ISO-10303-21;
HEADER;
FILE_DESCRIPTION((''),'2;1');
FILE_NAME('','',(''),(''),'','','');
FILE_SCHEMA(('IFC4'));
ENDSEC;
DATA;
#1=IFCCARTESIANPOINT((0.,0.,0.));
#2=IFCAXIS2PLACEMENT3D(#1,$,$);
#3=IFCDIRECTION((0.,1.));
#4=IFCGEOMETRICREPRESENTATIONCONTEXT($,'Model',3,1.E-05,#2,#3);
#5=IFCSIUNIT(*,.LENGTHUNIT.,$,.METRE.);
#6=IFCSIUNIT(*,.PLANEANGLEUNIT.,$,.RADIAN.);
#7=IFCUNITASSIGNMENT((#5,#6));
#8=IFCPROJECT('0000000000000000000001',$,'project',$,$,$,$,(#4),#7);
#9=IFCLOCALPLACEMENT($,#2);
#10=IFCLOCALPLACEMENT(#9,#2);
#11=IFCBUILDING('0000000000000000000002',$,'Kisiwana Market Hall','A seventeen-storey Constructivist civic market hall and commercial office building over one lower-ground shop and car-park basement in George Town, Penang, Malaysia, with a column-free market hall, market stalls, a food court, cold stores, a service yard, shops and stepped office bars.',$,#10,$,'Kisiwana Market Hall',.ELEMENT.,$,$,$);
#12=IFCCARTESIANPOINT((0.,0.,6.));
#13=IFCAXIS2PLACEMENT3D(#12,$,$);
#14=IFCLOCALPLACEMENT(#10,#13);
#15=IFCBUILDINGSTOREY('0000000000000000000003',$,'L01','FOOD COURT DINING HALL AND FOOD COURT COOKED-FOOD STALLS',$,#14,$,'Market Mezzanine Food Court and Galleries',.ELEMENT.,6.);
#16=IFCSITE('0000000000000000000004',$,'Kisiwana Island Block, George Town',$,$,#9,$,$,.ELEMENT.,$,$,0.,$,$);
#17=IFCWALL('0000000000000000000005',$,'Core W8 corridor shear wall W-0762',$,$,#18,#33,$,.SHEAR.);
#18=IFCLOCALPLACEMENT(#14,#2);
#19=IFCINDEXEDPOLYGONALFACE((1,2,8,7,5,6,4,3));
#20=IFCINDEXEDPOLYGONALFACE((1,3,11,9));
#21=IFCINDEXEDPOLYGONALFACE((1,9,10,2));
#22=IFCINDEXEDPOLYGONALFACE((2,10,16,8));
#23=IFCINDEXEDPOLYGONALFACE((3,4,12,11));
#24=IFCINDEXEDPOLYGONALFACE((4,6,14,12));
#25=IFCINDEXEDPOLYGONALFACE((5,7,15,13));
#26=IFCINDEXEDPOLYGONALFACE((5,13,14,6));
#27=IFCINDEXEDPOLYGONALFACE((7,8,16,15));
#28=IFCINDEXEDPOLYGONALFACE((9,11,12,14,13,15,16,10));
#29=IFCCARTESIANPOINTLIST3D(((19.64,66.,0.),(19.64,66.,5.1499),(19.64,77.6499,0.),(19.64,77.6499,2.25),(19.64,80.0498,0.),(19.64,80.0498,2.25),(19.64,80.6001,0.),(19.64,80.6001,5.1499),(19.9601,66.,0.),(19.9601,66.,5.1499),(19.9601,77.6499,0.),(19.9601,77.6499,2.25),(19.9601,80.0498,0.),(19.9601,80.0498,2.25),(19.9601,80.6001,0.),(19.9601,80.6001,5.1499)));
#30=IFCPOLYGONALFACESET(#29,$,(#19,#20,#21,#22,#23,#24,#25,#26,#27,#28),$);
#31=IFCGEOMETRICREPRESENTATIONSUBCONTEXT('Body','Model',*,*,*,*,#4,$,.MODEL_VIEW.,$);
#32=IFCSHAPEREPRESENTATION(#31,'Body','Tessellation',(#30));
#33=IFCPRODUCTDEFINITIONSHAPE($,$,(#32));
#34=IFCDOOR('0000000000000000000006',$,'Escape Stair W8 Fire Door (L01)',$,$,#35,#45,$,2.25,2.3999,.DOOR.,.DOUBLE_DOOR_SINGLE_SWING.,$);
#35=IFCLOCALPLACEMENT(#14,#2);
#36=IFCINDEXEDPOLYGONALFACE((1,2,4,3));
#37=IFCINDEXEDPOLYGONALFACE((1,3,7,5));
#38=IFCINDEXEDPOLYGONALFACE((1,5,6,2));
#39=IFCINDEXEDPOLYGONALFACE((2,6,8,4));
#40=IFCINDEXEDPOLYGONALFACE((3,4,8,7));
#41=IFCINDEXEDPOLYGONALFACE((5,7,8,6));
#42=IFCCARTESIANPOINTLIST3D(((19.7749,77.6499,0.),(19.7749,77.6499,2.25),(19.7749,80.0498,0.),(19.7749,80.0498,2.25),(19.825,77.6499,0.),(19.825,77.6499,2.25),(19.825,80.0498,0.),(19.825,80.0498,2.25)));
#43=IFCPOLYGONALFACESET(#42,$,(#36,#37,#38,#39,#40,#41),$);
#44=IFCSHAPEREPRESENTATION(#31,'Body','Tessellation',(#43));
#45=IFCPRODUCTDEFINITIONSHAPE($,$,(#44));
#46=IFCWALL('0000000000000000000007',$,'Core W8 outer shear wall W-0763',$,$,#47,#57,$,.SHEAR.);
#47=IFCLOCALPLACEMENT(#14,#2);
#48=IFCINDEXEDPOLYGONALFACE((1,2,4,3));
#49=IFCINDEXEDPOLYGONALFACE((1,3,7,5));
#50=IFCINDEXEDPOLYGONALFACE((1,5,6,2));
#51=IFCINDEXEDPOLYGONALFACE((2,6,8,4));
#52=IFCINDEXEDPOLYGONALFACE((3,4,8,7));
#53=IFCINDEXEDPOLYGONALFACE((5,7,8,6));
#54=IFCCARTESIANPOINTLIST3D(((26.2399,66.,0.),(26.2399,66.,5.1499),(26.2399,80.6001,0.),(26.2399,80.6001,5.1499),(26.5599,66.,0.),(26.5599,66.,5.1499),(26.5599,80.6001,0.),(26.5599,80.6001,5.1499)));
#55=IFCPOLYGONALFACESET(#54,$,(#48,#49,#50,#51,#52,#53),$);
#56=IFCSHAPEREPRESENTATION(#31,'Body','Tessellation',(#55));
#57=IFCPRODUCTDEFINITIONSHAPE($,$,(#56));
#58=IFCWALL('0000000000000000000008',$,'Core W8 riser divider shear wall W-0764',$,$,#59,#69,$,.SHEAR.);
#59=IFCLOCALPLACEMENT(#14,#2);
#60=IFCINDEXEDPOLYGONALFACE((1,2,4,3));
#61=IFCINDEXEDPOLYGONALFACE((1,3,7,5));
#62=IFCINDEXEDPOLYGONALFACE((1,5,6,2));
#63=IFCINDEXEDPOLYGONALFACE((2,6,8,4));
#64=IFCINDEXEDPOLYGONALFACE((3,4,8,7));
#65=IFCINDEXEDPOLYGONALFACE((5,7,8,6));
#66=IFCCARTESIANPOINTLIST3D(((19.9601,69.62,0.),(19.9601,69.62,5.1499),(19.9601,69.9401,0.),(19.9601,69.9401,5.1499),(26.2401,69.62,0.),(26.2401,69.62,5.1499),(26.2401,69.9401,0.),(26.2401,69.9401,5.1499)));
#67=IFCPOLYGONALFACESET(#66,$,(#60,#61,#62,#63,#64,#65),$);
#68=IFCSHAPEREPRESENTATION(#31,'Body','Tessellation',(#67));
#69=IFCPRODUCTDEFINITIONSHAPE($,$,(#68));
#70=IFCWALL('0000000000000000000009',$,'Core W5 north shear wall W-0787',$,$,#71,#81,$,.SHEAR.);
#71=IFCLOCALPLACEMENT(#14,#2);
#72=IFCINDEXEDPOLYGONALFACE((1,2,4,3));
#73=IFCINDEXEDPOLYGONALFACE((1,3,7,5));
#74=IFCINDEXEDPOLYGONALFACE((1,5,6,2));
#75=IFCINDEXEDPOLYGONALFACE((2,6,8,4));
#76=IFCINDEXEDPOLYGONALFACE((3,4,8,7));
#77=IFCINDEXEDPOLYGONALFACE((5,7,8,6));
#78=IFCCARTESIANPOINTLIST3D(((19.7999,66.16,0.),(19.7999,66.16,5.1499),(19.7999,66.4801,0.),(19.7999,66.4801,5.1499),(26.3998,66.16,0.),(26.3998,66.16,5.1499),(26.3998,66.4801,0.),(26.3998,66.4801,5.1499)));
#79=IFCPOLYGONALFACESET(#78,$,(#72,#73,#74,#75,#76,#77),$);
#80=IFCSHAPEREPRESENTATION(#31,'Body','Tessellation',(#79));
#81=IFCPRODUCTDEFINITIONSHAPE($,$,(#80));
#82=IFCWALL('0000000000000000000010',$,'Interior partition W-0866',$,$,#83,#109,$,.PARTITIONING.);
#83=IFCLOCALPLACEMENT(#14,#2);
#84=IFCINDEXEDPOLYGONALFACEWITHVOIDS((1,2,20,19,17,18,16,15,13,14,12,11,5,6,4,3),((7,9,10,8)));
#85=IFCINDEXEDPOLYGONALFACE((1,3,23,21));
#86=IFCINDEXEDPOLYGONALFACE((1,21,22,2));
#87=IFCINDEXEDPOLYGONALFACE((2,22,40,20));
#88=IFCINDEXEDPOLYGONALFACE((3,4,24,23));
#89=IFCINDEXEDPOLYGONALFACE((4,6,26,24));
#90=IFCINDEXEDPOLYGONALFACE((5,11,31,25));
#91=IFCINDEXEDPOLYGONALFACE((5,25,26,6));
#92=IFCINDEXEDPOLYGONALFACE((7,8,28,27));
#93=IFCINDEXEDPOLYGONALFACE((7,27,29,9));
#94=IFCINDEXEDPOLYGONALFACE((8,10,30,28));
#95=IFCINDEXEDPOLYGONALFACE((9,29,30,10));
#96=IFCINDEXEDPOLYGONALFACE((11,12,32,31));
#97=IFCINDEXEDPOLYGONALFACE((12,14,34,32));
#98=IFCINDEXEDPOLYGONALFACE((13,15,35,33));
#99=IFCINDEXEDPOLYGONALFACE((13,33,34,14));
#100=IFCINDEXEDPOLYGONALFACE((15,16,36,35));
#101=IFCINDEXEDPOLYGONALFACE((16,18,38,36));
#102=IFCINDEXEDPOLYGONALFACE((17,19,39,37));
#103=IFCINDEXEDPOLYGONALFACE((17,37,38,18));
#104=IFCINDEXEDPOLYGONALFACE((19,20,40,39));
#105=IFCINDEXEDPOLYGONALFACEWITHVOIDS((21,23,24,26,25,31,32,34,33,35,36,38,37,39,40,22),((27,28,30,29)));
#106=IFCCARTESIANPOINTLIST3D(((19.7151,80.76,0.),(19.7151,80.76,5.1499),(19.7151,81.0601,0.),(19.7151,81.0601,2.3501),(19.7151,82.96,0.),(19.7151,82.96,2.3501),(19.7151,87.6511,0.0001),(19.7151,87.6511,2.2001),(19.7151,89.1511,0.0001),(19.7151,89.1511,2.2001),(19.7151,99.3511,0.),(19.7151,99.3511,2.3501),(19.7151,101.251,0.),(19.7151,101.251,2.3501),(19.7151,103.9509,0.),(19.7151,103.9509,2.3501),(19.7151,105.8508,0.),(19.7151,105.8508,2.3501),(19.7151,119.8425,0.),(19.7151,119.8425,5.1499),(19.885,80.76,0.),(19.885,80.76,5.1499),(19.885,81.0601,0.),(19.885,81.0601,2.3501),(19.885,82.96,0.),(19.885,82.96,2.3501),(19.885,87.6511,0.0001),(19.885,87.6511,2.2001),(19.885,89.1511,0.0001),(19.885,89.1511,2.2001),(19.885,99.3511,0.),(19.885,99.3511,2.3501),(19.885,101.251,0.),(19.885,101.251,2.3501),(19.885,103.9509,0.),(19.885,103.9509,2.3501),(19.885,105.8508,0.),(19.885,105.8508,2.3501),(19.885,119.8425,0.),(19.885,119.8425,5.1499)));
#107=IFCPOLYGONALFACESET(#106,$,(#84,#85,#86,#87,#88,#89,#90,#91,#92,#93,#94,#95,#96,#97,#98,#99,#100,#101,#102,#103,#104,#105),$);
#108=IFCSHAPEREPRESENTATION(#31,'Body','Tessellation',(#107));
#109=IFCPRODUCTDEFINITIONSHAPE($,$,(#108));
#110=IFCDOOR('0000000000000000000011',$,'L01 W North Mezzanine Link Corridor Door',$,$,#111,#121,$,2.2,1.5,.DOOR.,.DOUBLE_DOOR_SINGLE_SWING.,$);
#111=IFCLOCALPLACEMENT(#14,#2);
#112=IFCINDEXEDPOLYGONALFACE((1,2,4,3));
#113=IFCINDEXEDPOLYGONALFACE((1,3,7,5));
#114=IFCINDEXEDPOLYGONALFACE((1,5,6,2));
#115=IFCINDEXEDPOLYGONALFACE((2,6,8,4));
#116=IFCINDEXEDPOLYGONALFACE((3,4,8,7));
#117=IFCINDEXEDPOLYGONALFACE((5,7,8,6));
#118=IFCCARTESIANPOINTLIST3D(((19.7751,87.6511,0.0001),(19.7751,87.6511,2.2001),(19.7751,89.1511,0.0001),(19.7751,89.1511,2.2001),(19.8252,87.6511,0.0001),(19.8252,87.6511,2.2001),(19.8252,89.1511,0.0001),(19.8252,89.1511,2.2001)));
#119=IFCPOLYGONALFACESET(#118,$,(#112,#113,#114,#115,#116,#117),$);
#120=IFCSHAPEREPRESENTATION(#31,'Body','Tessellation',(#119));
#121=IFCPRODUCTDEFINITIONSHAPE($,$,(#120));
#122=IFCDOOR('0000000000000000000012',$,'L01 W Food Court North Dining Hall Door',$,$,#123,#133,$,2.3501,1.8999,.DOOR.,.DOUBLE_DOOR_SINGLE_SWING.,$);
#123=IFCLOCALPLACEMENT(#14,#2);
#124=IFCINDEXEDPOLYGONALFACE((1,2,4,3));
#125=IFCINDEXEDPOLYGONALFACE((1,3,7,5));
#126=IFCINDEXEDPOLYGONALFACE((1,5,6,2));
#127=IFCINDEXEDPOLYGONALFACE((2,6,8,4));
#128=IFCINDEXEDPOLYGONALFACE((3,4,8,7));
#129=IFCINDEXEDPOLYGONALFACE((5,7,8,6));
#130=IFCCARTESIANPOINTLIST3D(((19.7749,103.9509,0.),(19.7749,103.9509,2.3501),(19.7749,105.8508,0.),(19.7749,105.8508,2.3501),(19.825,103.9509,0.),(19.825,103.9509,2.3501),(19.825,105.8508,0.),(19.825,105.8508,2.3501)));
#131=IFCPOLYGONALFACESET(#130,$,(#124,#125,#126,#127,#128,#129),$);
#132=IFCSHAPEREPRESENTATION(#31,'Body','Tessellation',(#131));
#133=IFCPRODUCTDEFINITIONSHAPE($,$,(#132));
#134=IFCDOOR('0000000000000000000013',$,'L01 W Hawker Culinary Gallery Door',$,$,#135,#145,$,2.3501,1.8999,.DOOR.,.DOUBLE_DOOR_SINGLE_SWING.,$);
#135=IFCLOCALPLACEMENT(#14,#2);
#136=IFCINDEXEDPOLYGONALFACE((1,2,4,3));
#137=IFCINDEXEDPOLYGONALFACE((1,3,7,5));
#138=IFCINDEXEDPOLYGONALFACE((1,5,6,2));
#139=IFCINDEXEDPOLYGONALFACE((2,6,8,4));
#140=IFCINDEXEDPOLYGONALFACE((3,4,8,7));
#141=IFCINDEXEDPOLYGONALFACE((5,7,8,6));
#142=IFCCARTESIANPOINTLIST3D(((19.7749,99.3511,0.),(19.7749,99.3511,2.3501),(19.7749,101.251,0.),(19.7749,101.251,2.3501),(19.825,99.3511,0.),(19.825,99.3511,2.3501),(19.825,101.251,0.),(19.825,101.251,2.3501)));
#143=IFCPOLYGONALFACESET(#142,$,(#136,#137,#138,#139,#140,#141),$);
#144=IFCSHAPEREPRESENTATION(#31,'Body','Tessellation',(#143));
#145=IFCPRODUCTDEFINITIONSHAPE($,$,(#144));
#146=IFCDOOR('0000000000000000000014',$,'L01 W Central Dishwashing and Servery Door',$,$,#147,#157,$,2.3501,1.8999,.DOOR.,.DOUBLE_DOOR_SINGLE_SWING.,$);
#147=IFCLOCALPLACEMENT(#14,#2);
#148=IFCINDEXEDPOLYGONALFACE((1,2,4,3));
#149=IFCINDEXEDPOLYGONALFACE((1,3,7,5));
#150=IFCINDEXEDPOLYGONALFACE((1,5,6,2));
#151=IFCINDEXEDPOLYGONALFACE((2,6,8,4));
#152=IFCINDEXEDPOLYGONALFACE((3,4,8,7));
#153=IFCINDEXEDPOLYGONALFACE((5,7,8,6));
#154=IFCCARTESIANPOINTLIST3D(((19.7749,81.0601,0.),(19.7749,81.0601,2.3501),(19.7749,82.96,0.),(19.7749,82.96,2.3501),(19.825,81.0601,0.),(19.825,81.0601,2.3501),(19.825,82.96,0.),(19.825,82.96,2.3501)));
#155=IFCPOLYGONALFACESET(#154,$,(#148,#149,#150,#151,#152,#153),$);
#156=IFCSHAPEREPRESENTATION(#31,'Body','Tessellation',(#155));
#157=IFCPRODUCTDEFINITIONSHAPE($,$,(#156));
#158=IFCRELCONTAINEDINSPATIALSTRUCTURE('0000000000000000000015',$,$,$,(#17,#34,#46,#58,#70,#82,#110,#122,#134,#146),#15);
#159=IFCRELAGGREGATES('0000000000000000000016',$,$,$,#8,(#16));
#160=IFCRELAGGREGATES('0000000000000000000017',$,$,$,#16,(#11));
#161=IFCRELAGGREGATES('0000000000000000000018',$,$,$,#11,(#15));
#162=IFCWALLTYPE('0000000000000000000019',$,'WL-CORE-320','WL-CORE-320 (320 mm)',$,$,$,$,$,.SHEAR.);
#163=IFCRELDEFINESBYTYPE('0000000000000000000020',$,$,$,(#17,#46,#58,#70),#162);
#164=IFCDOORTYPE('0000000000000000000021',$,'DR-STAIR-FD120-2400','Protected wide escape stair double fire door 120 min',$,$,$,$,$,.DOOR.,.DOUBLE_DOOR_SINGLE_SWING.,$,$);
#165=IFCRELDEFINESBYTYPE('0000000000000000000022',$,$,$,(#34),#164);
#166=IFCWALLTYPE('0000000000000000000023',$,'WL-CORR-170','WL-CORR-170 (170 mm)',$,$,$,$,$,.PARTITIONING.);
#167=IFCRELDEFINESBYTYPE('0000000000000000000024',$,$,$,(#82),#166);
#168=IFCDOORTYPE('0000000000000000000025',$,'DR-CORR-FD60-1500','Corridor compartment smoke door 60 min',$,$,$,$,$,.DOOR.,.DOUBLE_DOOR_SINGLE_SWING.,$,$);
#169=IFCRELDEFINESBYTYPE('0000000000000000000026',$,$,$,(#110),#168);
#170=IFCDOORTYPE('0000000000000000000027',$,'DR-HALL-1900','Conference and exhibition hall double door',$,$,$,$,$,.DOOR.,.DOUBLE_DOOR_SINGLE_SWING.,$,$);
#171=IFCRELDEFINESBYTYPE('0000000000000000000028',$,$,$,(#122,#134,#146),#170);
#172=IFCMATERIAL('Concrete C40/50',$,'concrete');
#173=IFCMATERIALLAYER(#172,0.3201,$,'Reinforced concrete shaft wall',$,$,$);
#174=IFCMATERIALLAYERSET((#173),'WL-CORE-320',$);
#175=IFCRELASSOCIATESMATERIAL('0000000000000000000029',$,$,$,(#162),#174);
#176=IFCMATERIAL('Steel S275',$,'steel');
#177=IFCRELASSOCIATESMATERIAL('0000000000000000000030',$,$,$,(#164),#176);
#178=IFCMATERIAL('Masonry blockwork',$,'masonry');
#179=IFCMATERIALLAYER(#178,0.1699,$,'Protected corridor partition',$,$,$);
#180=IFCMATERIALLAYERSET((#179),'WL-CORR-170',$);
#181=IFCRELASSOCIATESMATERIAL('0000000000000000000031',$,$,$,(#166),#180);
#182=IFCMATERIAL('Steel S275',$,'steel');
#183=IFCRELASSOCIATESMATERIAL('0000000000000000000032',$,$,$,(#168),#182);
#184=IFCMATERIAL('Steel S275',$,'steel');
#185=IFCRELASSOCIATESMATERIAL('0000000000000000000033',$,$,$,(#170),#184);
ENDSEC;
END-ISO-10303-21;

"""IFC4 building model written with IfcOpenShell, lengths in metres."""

from ifc_helpers import new_model, si_unit, direction, frame, frame_2d, origin, place, context, subcontext, project, spatial, rectangle, extrude, material, layer, layer_set, type_object, element, fill, save


model = new_model("IFC4")

# Units and contexts
model_context = context("Model", 3, precision=1e-05, world=origin(), true_north=direction((0.0, 1.0)))
body_context = subcontext(model_context, "Body", "Model", "MODEL_VIEW")
ifc_project = project(units=[si_unit("LENGTHUNIT", "METRE"), si_unit("PLANEANGLEUNIT", "RADIAN")], contexts=[model_context])

# Site, building, storey
site_placement = place(None, origin())
site = spatial("IfcSite", under=ifc_project, at=site_placement, Name="Kisiwana Island Block, George Town", CompositionType="ELEMENT", RefElevation=0.0)
building_placement = place(site_placement, origin())
building = spatial("IfcBuilding", under=site, at=building_placement, Name="Kisiwana Market Hall", Description="A seventeen-storey Constructivist civic market hall and commercial office building over one lower-ground shop and car-park basement in George Town, Penang, Malaysia, with a column-free market hall, market stalls, a food court, cold stores, a service yard, shops and stepped office bars.", LongName="Kisiwana Market Hall", CompositionType="ELEMENT")
storey_placement = place(building_placement, frame((0.0, 0.0, 6.0)))
storey = spatial("IfcBuildingStorey", under=building, at=storey_placement, Name="L01", Description="FOOD COURT DINING HALL AND FOOD COURT COOKED-FOOD STALLS", LongName="Market Mezzanine Food Court and Galleries", CompositionType="ELEMENT", Elevation=6.0)

# Shared definitions
ifc_material_1 = material(Name="Concrete C40/50", Category="concrete")
ifc_layer_1 = layer(ifc_material_1, 0.3201, Name="Reinforced concrete shaft wall")
ifc_layer_set_1 = layer_set([ifc_layer_1], Name="WL-CORE-320")
wall_type_1 = type_object("IfcWallType", Name="WL-CORE-320", Description="WL-CORE-320 (320 mm)", PredefinedType="SHEAR", material=ifc_layer_set_1)
ifc_material_2 = material(Name="Steel S275", Category="steel")
door_type_1 = type_object("IfcDoorType", Name="DR-STAIR-FD120-2400", Description="Protected wide escape stair double fire door 120 min", OperationType="DOUBLE_DOOR_SINGLE_SWING", PredefinedType="DOOR", material=ifc_material_2)

# Wall, opening, door
wall_1_placement = place(storey_placement, frame((19.8, 66.0, 0.0), z_axis=(0.0, 0.0, 1.0), x_axis=(0.0, 1.0, 0.0)))
wall_1 = element("IfcWall", 1, at=wall_1_placement, inside=storey, type_object=wall_type_1, Name="Core W8 corridor shear wall W-0762", PredefinedType="SHEAR", context=body_context, shape_type="SweptSolid", body=[
    extrude(rectangle(XDim=14.6001, YDim=0.3201, at=frame_2d((7.3, 0.0))), origin(), (0.0, 0.0, 1.0), 5.1499),
])
opening_1_placement = place(wall_1_placement, frame((11.6499, 0.0, 0.0)))
opening_1 = element("IfcOpeningElement", 2, at=opening_1_placement, cuts=wall_1, PredefinedType="OPENING", context=body_context, shape_type="SweptSolid", body=[
    extrude(rectangle(XDim=2.3999, YDim=2.25, at=frame_2d((1.2, 1.125))), frame((0.0, 0.1719, 0.0), z_axis=(0.0, -1.0, 0.0), x_axis=(1.0, 0.0, 0.0)), (0.0, 0.0, 1.0), 0.344),
])
door_1_placement = place(opening_1_placement, frame((2.3999, 0.0, 0.0), z_axis=(0.0, 0.0, 1.0), x_axis=(-1.0, 0.0, 0.0)))
door_1 = element("IfcDoor", 3, at=door_1_placement, inside=storey, type_object=door_type_1, Name="Escape Stair W8 Fire Door (L01)", OperationType="DOUBLE_DOOR_SINGLE_SWING", OverallHeight=2.25, OverallWidth=2.3999, PredefinedType="DOOR", context=body_context, shape_type="SweptSolid", body=[
    extrude(rectangle(XDim=2.3999, YDim=2.25, at=frame_2d((1.2, 1.125))), frame((0.0, 0.0249, 0.0), z_axis=(0.0, -1.0, 0.0), x_axis=(1.0, 0.0, 0.0)), (0.0, 0.0, 1.0), 0.05),
])
fill(opening_1, door_1)

# Walls
wall_2_placement = place(storey_placement, frame((26.3999, 66.0, 0.0), z_axis=(0.0, 0.0, 1.0), x_axis=(0.0, 1.0, 0.0)))
element("IfcWall", 4, at=wall_2_placement, inside=storey, type_object=wall_type_1, Name="Core W8 outer shear wall W-0763", PredefinedType="SHEAR", context=body_context, shape_type="SweptSolid", body=[
    extrude(rectangle(XDim=14.6001, YDim=0.3201, at=frame_2d((7.3, 0.0))), origin(), (0.0, 0.0, 1.0), 5.1499),
])
wall_3_placement = place(storey_placement, frame((19.96, 69.78, 0.0), z_axis=(0.0, 0.0, 1.0), x_axis=(1.0, 0.0, 0.0)))
element("IfcWall", 5, at=wall_3_placement, inside=storey, type_object=wall_type_1, Name="Core W8 riser divider shear wall W-0764", PredefinedType="SHEAR", context=body_context, shape_type="SweptSolid", body=[
    extrude(rectangle(XDim=6.28, YDim=0.3201, at=frame_2d((3.1401, 0.0))), origin(), (0.0, 0.0, 1.0), 5.1499),
])
wall_4_placement = place(storey_placement, frame((19.8, 66.3201, 0.0), z_axis=(0.0, 0.0, 1.0), x_axis=(1.0, 0.0, 0.0)))
element("IfcWall", 6, at=wall_4_placement, inside=storey, type_object=wall_type_1, Name="Core W5 north shear wall W-0787", PredefinedType="SHEAR", context=body_context, shape_type="SweptSolid", body=[
    extrude(rectangle(XDim=6.5999, YDim=0.3201, at=frame_2d((3.2998, 0.0))), origin(), (0.0, 0.0, 1.0), 5.1499),
])

# Wall, openings, doors
ifc_material_3 = material(Name="Masonry blockwork", Category="masonry")
ifc_layer_2 = layer(ifc_material_3, 0.1699, Name="Protected corridor partition")
ifc_layer_set_2 = layer_set([ifc_layer_2], Name="WL-CORR-170")
wall_type_2 = type_object("IfcWallType", Name="WL-CORR-170", Description="WL-CORR-170 (170 mm)", PredefinedType="PARTITIONING", material=ifc_layer_set_2)
wall_5_placement = place(storey_placement, frame((19.8, 80.76, 0.0), z_axis=(0.0, 0.0, 1.0), x_axis=(0.0, 1.0, 0.0)))
wall_5 = element("IfcWall", 7, at=wall_5_placement, inside=storey, type_object=wall_type_2, Name="Interior partition W-0866", PredefinedType="PARTITIONING", context=body_context, shape_type="SweptSolid", body=[
    extrude(rectangle(XDim=39.0825, YDim=0.1699, at=frame_2d((19.5413, 0.0))), origin(), (0.0, 0.0, 1.0), 5.1499),
])
opening_2_placement = place(wall_5_placement, frame((6.8911, 0.0, 0.0)))
opening_2 = element("IfcOpeningElement", 8, at=opening_2_placement, cuts=wall_5, PredefinedType="OPENING", context=body_context, shape_type="SweptSolid", body=[
    extrude(rectangle(XDim=1.5, YDim=2.2, at=frame_2d((0.75, 1.1001))), frame((0.0, 0.0969, 0.0), z_axis=(0.0, -1.0, 0.0), x_axis=(1.0, 0.0, 0.0)), (0.0, 0.0, 1.0), 0.1938),
])
opening_3_placement = place(wall_5_placement, frame((23.1909, 0.0, 0.0)))
opening_3 = element("IfcOpeningElement", 9, at=opening_3_placement, cuts=wall_5, PredefinedType="OPENING", context=body_context, shape_type="SweptSolid", body=[
    extrude(rectangle(XDim=1.8999, YDim=2.3501, at=frame_2d((0.95, 1.175))), frame((0.0, 0.0969, 0.0), z_axis=(0.0, -1.0, 0.0), x_axis=(1.0, 0.0, 0.0)), (0.0, 0.0, 1.0), 0.1938),
])
opening_4_placement = place(wall_5_placement, frame((18.5911, 0.0, 0.0)))
opening_4 = element("IfcOpeningElement", 10, at=opening_4_placement, cuts=wall_5, PredefinedType="OPENING", context=body_context, shape_type="SweptSolid", body=[
    extrude(rectangle(XDim=1.8999, YDim=2.3501, at=frame_2d((0.95, 1.175))), frame((0.0, 0.0969, 0.0), z_axis=(0.0, -1.0, 0.0), x_axis=(1.0, 0.0, 0.0)), (0.0, 0.0, 1.0), 0.1938),
])
opening_5_placement = place(wall_5_placement, frame((0.3, 0.0, 0.0)))
opening_5 = element("IfcOpeningElement", 11, at=opening_5_placement, cuts=wall_5, PredefinedType="OPENING", context=body_context, shape_type="SweptSolid", body=[
    extrude(rectangle(XDim=1.8999, YDim=2.3501, at=frame_2d((0.95, 1.175))), frame((0.0, 0.0969, 0.0), z_axis=(0.0, -1.0, 0.0), x_axis=(1.0, 0.0, 0.0)), (0.0, 0.0, 1.0), 0.1938),
])
ifc_material_4 = material(Name="Steel S275", Category="steel")
door_type_2 = type_object("IfcDoorType", Name="DR-CORR-FD60-1500", Description="Corridor compartment smoke door 60 min", OperationType="DOUBLE_DOOR_SINGLE_SWING", PredefinedType="DOOR", material=ifc_material_4)
door_2_placement = place(opening_2_placement, origin())
door_2 = element("IfcDoor", 12, at=door_2_placement, inside=storey, type_object=door_type_2, Name="L01 W North Mezzanine Link Corridor Door", OperationType="DOUBLE_DOOR_SINGLE_SWING", OverallHeight=2.2, OverallWidth=1.5, PredefinedType="DOOR", context=body_context, shape_type="SweptSolid", body=[
    extrude(rectangle(XDim=1.5, YDim=2.2, at=frame_2d((0.75, 1.1001))), frame((0.0, 0.0249, 0.0), z_axis=(0.0, -1.0, 0.0), x_axis=(1.0, 0.0, 0.0)), (0.0, 0.0, 1.0), 0.05),
])
fill(opening_2, door_2)
ifc_material_5 = material(Name="Steel S275", Category="steel")
door_type_3 = type_object("IfcDoorType", Name="DR-HALL-1900", Description="Conference and exhibition hall double door", OperationType="DOUBLE_DOOR_SINGLE_SWING", PredefinedType="DOOR", material=ifc_material_5)
door_3_placement = place(opening_3_placement, frame((1.8999, 0.0, 0.0), z_axis=(0.0, 0.0, 1.0), x_axis=(-1.0, 0.0, 0.0)))
door_3 = element("IfcDoor", 13, at=door_3_placement, inside=storey, type_object=door_type_3, Name="L01 W Food Court North Dining Hall Door", OperationType="DOUBLE_DOOR_SINGLE_SWING", OverallHeight=2.3501, OverallWidth=1.8999, PredefinedType="DOOR", context=body_context, shape_type="SweptSolid", body=[
    extrude(rectangle(XDim=1.8999, YDim=2.3501, at=frame_2d((0.95, 1.175))), frame((0.0, 0.0249, 0.0), z_axis=(0.0, -1.0, 0.0), x_axis=(1.0, 0.0, 0.0)), (0.0, 0.0, 1.0), 0.05),
])
fill(opening_3, door_3)
door_4_placement = place(opening_4_placement, frame((1.8999, 0.0, 0.0), z_axis=(0.0, 0.0, 1.0), x_axis=(-1.0, 0.0, 0.0)))
door_4 = element("IfcDoor", 14, at=door_4_placement, inside=storey, type_object=door_type_3, Name="L01 W Hawker Culinary Gallery Door", OperationType="DOUBLE_DOOR_SINGLE_SWING", OverallHeight=2.3501, OverallWidth=1.8999, PredefinedType="DOOR", context=body_context, shape_type="SweptSolid", body=[
    extrude(rectangle(XDim=1.8999, YDim=2.3501, at=frame_2d((0.95, 1.175))), frame((0.0, 0.0249, 0.0), z_axis=(0.0, -1.0, 0.0), x_axis=(1.0, 0.0, 0.0)), (0.0, 0.0, 1.0), 0.05),
])
fill(opening_4, door_4)
door_5_placement = place(opening_5_placement, frame((1.8999, 0.0, 0.0), z_axis=(0.0, 0.0, 1.0), x_axis=(-1.0, 0.0, 0.0)))
door_5 = element("IfcDoor", 15, at=door_5_placement, inside=storey, type_object=door_type_3, Name="L01 W Central Dishwashing and Servery Door", OperationType="DOUBLE_DOOR_SINGLE_SWING", OverallHeight=2.3501, OverallWidth=1.8999, PredefinedType="DOOR", context=body_context, shape_type="SweptSolid", body=[
    extrude(rectangle(XDim=1.8999, YDim=2.3501, at=frame_2d((0.95, 1.175))), frame((0.0, 0.0249, 0.0), z_axis=(0.0, -1.0, 0.0), x_axis=(1.0, 0.0, 0.0)), (0.0, 0.0, 1.0), 0.05),
])
fill(opening_5, door_5)

save(model, "model.ifc")
